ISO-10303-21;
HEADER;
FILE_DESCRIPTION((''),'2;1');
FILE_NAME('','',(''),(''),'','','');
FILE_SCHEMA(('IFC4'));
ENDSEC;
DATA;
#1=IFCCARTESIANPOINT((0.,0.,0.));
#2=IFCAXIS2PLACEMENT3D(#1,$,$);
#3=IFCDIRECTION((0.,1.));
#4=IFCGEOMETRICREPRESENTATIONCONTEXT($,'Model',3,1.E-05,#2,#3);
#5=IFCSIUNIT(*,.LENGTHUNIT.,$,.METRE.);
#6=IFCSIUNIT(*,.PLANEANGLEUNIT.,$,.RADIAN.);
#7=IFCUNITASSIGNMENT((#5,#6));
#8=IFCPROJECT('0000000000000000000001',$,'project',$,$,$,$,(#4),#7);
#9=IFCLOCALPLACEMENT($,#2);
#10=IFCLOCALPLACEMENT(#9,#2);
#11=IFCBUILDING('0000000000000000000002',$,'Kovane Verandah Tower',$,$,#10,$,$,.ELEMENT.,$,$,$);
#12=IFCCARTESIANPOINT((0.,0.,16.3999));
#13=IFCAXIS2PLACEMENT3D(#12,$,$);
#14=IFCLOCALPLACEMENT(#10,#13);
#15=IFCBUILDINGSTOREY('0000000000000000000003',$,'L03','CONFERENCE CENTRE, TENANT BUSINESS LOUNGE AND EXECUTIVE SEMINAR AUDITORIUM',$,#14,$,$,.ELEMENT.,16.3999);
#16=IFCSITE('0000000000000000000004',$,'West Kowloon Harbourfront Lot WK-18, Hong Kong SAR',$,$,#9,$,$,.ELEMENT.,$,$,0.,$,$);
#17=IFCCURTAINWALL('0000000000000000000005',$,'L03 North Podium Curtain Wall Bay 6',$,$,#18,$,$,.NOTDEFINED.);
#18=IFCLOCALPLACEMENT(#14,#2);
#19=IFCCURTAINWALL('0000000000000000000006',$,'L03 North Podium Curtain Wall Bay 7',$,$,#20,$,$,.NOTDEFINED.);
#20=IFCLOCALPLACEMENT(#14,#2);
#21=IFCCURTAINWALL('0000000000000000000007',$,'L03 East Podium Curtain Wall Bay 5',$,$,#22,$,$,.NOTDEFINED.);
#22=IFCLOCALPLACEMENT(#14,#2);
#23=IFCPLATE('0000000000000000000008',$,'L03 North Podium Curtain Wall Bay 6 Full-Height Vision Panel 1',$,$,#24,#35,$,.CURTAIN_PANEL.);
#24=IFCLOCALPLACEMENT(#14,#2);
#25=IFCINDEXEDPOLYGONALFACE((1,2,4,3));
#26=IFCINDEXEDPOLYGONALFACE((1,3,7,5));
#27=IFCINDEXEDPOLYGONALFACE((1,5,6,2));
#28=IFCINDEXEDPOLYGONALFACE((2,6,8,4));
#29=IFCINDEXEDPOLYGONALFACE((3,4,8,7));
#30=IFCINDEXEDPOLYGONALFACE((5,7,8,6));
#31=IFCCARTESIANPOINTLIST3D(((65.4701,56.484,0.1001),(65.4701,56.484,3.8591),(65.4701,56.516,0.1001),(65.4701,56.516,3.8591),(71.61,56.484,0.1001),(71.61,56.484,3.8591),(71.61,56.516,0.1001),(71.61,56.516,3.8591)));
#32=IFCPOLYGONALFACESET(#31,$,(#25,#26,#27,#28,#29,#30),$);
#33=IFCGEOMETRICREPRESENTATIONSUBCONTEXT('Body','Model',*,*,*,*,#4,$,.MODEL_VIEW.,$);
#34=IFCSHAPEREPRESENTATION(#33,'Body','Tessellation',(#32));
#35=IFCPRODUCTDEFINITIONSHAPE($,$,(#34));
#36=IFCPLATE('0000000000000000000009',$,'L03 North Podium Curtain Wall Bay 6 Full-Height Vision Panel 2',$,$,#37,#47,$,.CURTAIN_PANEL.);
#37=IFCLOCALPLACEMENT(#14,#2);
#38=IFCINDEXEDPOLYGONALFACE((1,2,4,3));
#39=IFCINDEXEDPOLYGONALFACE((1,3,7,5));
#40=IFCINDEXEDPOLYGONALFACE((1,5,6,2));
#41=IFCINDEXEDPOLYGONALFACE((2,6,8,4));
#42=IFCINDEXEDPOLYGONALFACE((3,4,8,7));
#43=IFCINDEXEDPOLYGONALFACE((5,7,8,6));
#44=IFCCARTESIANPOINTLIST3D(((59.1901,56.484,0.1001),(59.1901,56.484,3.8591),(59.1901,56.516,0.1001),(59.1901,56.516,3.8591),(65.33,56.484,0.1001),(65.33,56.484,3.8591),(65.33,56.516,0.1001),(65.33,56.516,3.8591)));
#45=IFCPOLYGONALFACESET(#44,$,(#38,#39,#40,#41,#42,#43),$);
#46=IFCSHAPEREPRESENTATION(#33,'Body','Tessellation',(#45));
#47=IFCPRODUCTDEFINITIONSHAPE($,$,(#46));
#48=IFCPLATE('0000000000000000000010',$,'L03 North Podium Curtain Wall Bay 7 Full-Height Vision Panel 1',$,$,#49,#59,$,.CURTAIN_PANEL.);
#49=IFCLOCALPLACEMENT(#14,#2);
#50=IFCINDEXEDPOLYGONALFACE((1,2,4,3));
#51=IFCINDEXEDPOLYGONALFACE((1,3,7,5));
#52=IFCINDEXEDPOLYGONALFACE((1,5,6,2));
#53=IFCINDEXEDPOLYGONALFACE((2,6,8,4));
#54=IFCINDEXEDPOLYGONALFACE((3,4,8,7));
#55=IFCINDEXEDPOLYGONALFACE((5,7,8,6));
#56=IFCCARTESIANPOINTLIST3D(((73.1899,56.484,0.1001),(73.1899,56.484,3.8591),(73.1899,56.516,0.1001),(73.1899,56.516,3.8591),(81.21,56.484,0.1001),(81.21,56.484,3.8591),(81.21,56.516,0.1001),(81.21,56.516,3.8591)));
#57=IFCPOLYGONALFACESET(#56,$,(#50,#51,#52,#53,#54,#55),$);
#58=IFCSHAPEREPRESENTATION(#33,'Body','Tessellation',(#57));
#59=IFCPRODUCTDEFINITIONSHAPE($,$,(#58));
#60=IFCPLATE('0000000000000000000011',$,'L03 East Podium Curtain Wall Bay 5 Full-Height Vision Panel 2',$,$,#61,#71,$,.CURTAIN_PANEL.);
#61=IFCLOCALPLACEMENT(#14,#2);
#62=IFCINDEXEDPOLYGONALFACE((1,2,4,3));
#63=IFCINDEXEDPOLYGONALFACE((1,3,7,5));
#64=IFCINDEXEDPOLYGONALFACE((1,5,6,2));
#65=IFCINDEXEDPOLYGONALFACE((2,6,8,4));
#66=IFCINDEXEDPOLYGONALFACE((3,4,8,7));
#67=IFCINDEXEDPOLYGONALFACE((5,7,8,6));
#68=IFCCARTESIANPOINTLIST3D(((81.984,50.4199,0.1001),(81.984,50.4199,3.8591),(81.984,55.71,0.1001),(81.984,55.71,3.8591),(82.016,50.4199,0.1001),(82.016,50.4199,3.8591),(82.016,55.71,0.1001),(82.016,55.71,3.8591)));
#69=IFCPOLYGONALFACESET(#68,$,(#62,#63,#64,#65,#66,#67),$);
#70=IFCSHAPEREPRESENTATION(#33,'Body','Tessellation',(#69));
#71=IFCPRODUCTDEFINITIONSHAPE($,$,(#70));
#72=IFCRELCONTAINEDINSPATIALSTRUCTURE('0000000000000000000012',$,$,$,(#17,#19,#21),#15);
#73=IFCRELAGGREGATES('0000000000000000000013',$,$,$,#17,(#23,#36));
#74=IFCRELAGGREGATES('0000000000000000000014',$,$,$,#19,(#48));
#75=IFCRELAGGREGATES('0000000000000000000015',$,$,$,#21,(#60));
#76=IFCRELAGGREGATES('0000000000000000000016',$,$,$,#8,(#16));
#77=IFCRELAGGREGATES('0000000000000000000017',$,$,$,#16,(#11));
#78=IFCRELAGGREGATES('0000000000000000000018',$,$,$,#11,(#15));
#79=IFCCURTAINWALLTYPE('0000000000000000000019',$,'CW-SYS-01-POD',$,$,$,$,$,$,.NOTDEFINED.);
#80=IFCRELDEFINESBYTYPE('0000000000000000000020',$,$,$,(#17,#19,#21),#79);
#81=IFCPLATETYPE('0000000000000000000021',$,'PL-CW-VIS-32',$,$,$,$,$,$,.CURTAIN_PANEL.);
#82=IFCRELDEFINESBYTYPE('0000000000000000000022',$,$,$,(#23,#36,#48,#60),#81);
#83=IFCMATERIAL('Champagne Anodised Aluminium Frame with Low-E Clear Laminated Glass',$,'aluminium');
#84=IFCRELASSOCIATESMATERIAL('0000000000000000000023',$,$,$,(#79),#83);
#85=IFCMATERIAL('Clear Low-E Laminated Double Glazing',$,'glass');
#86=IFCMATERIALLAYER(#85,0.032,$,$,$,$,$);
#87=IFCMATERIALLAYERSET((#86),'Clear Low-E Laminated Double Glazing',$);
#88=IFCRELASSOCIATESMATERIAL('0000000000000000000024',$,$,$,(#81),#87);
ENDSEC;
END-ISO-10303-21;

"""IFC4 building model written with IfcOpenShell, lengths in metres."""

from ifc_helpers import new_model, si_unit, direction, frame, origin, origin_2d, place, context, subcontext, project, spatial, rectangle, extrude, material, layer, layer_set, type_object, element, aggregate, save


model = new_model("IFC4")

# Units and contexts
model_context = context("Model", 3, precision=1e-05, world=origin(), true_north=direction((0.0, 1.0)))
body_context = subcontext(model_context, "Body", "Model", "MODEL_VIEW")
ifc_project = project(units=[si_unit("LENGTHUNIT", "METRE"), si_unit("PLANEANGLEUNIT", "RADIAN")], contexts=[model_context])

# Site, building, storey
site_placement = place(None, origin())
site = spatial("IfcSite", under=ifc_project, at=site_placement, Name="West Kowloon Harbourfront Lot WK-18, Hong Kong SAR", CompositionType="ELEMENT", RefElevation=0.0)
building_placement = place(site_placement, origin())
building = spatial("IfcBuilding", under=site, at=building_placement, Name="Kovane Verandah Tower", CompositionType="ELEMENT")
storey_placement = place(building_placement, frame((0.0, 0.0, 16.3999)))
storey = spatial("IfcBuildingStorey", under=building, at=storey_placement, Name="L03", Description="CONFERENCE CENTRE, TENANT BUSINESS LOUNGE AND EXECUTIVE SEMINAR AUDITORIUM", CompositionType="ELEMENT", Elevation=16.3999)

# Curtain walls
ifc_material_1 = material(Name="Champagne Anodised Aluminium Frame with Low-E Clear Laminated Glass", Category="aluminium")
curtain_wall_type = type_object("IfcCurtainWallType", Name="CW-SYS-01-POD", PredefinedType="NOTDEFINED", material=ifc_material_1)
curtain_wall_1_placement = place(storey_placement, origin())
curtain_wall_1 = element("IfcCurtainWall", 1, at=curtain_wall_1_placement, inside=storey, type_object=curtain_wall_type, Name="L03 North Podium Curtain Wall Bay 6", PredefinedType="NOTDEFINED")
curtain_wall_2_placement = place(storey_placement, origin())
curtain_wall_2 = element("IfcCurtainWall", 2, at=curtain_wall_2_placement, inside=storey, type_object=curtain_wall_type, Name="L03 North Podium Curtain Wall Bay 7", PredefinedType="NOTDEFINED")
curtain_wall_3_placement = place(storey_placement, origin())
curtain_wall_3 = element("IfcCurtainWall", 3, at=curtain_wall_3_placement, inside=storey, type_object=curtain_wall_type, Name="L03 East Podium Curtain Wall Bay 5", PredefinedType="NOTDEFINED")

# Plates
ifc_material_2 = material(Name="Clear Low-E Laminated Double Glazing", Category="glass")
ifc_layer = layer(ifc_material_2, 0.032)
ifc_layer_set = layer_set([ifc_layer], Name="Clear Low-E Laminated Double Glazing")
plate_type = type_object("IfcPlateType", Name="PL-CW-VIS-32", PredefinedType="CURTAIN_PANEL", material=ifc_layer_set)
plate_1_placement = place(storey_placement, frame((68.54, 56.5, 0.1001), z_axis=(0.0, 0.0, 1.0), x_axis=(-1.0, 0.0, 0.0)))
plate_1 = element("IfcPlate", 4, at=plate_1_placement, type_object=plate_type, Name="L03 North Podium Curtain Wall Bay 6 Full-Height Vision Panel 1", PredefinedType="CURTAIN_PANEL", context=body_context, shape_type="SweptSolid", body=[
    extrude(rectangle(XDim=6.1399, YDim=0.032, at=origin_2d()), origin(), (0.0, 0.0, 1.0), 3.759),
])
plate_2_placement = place(storey_placement, frame((62.26, 56.5, 0.1001), z_axis=(0.0, 0.0, 1.0), x_axis=(-1.0, 0.0, 0.0)))
plate_2 = element("IfcPlate", 5, at=plate_2_placement, type_object=plate_type, Name="L03 North Podium Curtain Wall Bay 6 Full-Height Vision Panel 2", PredefinedType="CURTAIN_PANEL", context=body_context, shape_type="SweptSolid", body=[
    extrude(rectangle(XDim=6.1399, YDim=0.032, at=origin_2d()), origin(), (0.0, 0.0, 1.0), 3.759),
])
aggregate(curtain_wall_1, [plate_1, plate_2])
plate_3_placement = place(storey_placement, frame((77.2, 56.5, 0.1001), z_axis=(0.0, 0.0, 1.0), x_axis=(-1.0, 0.0, 0.0)))
plate_3 = element("IfcPlate", 6, at=plate_3_placement, type_object=plate_type, Name="L03 North Podium Curtain Wall Bay 7 Full-Height Vision Panel 1", PredefinedType="CURTAIN_PANEL", context=body_context, shape_type="SweptSolid", body=[
    extrude(rectangle(XDim=8.02, YDim=0.032, at=origin_2d()), origin(), (0.0, 0.0, 1.0), 3.759),
])
aggregate(curtain_wall_2, [plate_3])
plate_4_placement = place(storey_placement, frame((82.0, 53.0649, 0.1001), z_axis=(0.0, 0.0, 1.0), x_axis=(0.0, 1.0, 0.0)))
plate_4 = element("IfcPlate", 7, at=plate_4_placement, type_object=plate_type, Name="L03 East Podium Curtain Wall Bay 5 Full-Height Vision Panel 2", PredefinedType="CURTAIN_PANEL", context=body_context, shape_type="SweptSolid", body=[
    extrude(rectangle(XDim=5.29, YDim=0.032, at=origin_2d()), origin(), (0.0, 0.0, 1.0), 3.759),
])
aggregate(curtain_wall_3, [plate_4])

save(model, "model.ifc")
